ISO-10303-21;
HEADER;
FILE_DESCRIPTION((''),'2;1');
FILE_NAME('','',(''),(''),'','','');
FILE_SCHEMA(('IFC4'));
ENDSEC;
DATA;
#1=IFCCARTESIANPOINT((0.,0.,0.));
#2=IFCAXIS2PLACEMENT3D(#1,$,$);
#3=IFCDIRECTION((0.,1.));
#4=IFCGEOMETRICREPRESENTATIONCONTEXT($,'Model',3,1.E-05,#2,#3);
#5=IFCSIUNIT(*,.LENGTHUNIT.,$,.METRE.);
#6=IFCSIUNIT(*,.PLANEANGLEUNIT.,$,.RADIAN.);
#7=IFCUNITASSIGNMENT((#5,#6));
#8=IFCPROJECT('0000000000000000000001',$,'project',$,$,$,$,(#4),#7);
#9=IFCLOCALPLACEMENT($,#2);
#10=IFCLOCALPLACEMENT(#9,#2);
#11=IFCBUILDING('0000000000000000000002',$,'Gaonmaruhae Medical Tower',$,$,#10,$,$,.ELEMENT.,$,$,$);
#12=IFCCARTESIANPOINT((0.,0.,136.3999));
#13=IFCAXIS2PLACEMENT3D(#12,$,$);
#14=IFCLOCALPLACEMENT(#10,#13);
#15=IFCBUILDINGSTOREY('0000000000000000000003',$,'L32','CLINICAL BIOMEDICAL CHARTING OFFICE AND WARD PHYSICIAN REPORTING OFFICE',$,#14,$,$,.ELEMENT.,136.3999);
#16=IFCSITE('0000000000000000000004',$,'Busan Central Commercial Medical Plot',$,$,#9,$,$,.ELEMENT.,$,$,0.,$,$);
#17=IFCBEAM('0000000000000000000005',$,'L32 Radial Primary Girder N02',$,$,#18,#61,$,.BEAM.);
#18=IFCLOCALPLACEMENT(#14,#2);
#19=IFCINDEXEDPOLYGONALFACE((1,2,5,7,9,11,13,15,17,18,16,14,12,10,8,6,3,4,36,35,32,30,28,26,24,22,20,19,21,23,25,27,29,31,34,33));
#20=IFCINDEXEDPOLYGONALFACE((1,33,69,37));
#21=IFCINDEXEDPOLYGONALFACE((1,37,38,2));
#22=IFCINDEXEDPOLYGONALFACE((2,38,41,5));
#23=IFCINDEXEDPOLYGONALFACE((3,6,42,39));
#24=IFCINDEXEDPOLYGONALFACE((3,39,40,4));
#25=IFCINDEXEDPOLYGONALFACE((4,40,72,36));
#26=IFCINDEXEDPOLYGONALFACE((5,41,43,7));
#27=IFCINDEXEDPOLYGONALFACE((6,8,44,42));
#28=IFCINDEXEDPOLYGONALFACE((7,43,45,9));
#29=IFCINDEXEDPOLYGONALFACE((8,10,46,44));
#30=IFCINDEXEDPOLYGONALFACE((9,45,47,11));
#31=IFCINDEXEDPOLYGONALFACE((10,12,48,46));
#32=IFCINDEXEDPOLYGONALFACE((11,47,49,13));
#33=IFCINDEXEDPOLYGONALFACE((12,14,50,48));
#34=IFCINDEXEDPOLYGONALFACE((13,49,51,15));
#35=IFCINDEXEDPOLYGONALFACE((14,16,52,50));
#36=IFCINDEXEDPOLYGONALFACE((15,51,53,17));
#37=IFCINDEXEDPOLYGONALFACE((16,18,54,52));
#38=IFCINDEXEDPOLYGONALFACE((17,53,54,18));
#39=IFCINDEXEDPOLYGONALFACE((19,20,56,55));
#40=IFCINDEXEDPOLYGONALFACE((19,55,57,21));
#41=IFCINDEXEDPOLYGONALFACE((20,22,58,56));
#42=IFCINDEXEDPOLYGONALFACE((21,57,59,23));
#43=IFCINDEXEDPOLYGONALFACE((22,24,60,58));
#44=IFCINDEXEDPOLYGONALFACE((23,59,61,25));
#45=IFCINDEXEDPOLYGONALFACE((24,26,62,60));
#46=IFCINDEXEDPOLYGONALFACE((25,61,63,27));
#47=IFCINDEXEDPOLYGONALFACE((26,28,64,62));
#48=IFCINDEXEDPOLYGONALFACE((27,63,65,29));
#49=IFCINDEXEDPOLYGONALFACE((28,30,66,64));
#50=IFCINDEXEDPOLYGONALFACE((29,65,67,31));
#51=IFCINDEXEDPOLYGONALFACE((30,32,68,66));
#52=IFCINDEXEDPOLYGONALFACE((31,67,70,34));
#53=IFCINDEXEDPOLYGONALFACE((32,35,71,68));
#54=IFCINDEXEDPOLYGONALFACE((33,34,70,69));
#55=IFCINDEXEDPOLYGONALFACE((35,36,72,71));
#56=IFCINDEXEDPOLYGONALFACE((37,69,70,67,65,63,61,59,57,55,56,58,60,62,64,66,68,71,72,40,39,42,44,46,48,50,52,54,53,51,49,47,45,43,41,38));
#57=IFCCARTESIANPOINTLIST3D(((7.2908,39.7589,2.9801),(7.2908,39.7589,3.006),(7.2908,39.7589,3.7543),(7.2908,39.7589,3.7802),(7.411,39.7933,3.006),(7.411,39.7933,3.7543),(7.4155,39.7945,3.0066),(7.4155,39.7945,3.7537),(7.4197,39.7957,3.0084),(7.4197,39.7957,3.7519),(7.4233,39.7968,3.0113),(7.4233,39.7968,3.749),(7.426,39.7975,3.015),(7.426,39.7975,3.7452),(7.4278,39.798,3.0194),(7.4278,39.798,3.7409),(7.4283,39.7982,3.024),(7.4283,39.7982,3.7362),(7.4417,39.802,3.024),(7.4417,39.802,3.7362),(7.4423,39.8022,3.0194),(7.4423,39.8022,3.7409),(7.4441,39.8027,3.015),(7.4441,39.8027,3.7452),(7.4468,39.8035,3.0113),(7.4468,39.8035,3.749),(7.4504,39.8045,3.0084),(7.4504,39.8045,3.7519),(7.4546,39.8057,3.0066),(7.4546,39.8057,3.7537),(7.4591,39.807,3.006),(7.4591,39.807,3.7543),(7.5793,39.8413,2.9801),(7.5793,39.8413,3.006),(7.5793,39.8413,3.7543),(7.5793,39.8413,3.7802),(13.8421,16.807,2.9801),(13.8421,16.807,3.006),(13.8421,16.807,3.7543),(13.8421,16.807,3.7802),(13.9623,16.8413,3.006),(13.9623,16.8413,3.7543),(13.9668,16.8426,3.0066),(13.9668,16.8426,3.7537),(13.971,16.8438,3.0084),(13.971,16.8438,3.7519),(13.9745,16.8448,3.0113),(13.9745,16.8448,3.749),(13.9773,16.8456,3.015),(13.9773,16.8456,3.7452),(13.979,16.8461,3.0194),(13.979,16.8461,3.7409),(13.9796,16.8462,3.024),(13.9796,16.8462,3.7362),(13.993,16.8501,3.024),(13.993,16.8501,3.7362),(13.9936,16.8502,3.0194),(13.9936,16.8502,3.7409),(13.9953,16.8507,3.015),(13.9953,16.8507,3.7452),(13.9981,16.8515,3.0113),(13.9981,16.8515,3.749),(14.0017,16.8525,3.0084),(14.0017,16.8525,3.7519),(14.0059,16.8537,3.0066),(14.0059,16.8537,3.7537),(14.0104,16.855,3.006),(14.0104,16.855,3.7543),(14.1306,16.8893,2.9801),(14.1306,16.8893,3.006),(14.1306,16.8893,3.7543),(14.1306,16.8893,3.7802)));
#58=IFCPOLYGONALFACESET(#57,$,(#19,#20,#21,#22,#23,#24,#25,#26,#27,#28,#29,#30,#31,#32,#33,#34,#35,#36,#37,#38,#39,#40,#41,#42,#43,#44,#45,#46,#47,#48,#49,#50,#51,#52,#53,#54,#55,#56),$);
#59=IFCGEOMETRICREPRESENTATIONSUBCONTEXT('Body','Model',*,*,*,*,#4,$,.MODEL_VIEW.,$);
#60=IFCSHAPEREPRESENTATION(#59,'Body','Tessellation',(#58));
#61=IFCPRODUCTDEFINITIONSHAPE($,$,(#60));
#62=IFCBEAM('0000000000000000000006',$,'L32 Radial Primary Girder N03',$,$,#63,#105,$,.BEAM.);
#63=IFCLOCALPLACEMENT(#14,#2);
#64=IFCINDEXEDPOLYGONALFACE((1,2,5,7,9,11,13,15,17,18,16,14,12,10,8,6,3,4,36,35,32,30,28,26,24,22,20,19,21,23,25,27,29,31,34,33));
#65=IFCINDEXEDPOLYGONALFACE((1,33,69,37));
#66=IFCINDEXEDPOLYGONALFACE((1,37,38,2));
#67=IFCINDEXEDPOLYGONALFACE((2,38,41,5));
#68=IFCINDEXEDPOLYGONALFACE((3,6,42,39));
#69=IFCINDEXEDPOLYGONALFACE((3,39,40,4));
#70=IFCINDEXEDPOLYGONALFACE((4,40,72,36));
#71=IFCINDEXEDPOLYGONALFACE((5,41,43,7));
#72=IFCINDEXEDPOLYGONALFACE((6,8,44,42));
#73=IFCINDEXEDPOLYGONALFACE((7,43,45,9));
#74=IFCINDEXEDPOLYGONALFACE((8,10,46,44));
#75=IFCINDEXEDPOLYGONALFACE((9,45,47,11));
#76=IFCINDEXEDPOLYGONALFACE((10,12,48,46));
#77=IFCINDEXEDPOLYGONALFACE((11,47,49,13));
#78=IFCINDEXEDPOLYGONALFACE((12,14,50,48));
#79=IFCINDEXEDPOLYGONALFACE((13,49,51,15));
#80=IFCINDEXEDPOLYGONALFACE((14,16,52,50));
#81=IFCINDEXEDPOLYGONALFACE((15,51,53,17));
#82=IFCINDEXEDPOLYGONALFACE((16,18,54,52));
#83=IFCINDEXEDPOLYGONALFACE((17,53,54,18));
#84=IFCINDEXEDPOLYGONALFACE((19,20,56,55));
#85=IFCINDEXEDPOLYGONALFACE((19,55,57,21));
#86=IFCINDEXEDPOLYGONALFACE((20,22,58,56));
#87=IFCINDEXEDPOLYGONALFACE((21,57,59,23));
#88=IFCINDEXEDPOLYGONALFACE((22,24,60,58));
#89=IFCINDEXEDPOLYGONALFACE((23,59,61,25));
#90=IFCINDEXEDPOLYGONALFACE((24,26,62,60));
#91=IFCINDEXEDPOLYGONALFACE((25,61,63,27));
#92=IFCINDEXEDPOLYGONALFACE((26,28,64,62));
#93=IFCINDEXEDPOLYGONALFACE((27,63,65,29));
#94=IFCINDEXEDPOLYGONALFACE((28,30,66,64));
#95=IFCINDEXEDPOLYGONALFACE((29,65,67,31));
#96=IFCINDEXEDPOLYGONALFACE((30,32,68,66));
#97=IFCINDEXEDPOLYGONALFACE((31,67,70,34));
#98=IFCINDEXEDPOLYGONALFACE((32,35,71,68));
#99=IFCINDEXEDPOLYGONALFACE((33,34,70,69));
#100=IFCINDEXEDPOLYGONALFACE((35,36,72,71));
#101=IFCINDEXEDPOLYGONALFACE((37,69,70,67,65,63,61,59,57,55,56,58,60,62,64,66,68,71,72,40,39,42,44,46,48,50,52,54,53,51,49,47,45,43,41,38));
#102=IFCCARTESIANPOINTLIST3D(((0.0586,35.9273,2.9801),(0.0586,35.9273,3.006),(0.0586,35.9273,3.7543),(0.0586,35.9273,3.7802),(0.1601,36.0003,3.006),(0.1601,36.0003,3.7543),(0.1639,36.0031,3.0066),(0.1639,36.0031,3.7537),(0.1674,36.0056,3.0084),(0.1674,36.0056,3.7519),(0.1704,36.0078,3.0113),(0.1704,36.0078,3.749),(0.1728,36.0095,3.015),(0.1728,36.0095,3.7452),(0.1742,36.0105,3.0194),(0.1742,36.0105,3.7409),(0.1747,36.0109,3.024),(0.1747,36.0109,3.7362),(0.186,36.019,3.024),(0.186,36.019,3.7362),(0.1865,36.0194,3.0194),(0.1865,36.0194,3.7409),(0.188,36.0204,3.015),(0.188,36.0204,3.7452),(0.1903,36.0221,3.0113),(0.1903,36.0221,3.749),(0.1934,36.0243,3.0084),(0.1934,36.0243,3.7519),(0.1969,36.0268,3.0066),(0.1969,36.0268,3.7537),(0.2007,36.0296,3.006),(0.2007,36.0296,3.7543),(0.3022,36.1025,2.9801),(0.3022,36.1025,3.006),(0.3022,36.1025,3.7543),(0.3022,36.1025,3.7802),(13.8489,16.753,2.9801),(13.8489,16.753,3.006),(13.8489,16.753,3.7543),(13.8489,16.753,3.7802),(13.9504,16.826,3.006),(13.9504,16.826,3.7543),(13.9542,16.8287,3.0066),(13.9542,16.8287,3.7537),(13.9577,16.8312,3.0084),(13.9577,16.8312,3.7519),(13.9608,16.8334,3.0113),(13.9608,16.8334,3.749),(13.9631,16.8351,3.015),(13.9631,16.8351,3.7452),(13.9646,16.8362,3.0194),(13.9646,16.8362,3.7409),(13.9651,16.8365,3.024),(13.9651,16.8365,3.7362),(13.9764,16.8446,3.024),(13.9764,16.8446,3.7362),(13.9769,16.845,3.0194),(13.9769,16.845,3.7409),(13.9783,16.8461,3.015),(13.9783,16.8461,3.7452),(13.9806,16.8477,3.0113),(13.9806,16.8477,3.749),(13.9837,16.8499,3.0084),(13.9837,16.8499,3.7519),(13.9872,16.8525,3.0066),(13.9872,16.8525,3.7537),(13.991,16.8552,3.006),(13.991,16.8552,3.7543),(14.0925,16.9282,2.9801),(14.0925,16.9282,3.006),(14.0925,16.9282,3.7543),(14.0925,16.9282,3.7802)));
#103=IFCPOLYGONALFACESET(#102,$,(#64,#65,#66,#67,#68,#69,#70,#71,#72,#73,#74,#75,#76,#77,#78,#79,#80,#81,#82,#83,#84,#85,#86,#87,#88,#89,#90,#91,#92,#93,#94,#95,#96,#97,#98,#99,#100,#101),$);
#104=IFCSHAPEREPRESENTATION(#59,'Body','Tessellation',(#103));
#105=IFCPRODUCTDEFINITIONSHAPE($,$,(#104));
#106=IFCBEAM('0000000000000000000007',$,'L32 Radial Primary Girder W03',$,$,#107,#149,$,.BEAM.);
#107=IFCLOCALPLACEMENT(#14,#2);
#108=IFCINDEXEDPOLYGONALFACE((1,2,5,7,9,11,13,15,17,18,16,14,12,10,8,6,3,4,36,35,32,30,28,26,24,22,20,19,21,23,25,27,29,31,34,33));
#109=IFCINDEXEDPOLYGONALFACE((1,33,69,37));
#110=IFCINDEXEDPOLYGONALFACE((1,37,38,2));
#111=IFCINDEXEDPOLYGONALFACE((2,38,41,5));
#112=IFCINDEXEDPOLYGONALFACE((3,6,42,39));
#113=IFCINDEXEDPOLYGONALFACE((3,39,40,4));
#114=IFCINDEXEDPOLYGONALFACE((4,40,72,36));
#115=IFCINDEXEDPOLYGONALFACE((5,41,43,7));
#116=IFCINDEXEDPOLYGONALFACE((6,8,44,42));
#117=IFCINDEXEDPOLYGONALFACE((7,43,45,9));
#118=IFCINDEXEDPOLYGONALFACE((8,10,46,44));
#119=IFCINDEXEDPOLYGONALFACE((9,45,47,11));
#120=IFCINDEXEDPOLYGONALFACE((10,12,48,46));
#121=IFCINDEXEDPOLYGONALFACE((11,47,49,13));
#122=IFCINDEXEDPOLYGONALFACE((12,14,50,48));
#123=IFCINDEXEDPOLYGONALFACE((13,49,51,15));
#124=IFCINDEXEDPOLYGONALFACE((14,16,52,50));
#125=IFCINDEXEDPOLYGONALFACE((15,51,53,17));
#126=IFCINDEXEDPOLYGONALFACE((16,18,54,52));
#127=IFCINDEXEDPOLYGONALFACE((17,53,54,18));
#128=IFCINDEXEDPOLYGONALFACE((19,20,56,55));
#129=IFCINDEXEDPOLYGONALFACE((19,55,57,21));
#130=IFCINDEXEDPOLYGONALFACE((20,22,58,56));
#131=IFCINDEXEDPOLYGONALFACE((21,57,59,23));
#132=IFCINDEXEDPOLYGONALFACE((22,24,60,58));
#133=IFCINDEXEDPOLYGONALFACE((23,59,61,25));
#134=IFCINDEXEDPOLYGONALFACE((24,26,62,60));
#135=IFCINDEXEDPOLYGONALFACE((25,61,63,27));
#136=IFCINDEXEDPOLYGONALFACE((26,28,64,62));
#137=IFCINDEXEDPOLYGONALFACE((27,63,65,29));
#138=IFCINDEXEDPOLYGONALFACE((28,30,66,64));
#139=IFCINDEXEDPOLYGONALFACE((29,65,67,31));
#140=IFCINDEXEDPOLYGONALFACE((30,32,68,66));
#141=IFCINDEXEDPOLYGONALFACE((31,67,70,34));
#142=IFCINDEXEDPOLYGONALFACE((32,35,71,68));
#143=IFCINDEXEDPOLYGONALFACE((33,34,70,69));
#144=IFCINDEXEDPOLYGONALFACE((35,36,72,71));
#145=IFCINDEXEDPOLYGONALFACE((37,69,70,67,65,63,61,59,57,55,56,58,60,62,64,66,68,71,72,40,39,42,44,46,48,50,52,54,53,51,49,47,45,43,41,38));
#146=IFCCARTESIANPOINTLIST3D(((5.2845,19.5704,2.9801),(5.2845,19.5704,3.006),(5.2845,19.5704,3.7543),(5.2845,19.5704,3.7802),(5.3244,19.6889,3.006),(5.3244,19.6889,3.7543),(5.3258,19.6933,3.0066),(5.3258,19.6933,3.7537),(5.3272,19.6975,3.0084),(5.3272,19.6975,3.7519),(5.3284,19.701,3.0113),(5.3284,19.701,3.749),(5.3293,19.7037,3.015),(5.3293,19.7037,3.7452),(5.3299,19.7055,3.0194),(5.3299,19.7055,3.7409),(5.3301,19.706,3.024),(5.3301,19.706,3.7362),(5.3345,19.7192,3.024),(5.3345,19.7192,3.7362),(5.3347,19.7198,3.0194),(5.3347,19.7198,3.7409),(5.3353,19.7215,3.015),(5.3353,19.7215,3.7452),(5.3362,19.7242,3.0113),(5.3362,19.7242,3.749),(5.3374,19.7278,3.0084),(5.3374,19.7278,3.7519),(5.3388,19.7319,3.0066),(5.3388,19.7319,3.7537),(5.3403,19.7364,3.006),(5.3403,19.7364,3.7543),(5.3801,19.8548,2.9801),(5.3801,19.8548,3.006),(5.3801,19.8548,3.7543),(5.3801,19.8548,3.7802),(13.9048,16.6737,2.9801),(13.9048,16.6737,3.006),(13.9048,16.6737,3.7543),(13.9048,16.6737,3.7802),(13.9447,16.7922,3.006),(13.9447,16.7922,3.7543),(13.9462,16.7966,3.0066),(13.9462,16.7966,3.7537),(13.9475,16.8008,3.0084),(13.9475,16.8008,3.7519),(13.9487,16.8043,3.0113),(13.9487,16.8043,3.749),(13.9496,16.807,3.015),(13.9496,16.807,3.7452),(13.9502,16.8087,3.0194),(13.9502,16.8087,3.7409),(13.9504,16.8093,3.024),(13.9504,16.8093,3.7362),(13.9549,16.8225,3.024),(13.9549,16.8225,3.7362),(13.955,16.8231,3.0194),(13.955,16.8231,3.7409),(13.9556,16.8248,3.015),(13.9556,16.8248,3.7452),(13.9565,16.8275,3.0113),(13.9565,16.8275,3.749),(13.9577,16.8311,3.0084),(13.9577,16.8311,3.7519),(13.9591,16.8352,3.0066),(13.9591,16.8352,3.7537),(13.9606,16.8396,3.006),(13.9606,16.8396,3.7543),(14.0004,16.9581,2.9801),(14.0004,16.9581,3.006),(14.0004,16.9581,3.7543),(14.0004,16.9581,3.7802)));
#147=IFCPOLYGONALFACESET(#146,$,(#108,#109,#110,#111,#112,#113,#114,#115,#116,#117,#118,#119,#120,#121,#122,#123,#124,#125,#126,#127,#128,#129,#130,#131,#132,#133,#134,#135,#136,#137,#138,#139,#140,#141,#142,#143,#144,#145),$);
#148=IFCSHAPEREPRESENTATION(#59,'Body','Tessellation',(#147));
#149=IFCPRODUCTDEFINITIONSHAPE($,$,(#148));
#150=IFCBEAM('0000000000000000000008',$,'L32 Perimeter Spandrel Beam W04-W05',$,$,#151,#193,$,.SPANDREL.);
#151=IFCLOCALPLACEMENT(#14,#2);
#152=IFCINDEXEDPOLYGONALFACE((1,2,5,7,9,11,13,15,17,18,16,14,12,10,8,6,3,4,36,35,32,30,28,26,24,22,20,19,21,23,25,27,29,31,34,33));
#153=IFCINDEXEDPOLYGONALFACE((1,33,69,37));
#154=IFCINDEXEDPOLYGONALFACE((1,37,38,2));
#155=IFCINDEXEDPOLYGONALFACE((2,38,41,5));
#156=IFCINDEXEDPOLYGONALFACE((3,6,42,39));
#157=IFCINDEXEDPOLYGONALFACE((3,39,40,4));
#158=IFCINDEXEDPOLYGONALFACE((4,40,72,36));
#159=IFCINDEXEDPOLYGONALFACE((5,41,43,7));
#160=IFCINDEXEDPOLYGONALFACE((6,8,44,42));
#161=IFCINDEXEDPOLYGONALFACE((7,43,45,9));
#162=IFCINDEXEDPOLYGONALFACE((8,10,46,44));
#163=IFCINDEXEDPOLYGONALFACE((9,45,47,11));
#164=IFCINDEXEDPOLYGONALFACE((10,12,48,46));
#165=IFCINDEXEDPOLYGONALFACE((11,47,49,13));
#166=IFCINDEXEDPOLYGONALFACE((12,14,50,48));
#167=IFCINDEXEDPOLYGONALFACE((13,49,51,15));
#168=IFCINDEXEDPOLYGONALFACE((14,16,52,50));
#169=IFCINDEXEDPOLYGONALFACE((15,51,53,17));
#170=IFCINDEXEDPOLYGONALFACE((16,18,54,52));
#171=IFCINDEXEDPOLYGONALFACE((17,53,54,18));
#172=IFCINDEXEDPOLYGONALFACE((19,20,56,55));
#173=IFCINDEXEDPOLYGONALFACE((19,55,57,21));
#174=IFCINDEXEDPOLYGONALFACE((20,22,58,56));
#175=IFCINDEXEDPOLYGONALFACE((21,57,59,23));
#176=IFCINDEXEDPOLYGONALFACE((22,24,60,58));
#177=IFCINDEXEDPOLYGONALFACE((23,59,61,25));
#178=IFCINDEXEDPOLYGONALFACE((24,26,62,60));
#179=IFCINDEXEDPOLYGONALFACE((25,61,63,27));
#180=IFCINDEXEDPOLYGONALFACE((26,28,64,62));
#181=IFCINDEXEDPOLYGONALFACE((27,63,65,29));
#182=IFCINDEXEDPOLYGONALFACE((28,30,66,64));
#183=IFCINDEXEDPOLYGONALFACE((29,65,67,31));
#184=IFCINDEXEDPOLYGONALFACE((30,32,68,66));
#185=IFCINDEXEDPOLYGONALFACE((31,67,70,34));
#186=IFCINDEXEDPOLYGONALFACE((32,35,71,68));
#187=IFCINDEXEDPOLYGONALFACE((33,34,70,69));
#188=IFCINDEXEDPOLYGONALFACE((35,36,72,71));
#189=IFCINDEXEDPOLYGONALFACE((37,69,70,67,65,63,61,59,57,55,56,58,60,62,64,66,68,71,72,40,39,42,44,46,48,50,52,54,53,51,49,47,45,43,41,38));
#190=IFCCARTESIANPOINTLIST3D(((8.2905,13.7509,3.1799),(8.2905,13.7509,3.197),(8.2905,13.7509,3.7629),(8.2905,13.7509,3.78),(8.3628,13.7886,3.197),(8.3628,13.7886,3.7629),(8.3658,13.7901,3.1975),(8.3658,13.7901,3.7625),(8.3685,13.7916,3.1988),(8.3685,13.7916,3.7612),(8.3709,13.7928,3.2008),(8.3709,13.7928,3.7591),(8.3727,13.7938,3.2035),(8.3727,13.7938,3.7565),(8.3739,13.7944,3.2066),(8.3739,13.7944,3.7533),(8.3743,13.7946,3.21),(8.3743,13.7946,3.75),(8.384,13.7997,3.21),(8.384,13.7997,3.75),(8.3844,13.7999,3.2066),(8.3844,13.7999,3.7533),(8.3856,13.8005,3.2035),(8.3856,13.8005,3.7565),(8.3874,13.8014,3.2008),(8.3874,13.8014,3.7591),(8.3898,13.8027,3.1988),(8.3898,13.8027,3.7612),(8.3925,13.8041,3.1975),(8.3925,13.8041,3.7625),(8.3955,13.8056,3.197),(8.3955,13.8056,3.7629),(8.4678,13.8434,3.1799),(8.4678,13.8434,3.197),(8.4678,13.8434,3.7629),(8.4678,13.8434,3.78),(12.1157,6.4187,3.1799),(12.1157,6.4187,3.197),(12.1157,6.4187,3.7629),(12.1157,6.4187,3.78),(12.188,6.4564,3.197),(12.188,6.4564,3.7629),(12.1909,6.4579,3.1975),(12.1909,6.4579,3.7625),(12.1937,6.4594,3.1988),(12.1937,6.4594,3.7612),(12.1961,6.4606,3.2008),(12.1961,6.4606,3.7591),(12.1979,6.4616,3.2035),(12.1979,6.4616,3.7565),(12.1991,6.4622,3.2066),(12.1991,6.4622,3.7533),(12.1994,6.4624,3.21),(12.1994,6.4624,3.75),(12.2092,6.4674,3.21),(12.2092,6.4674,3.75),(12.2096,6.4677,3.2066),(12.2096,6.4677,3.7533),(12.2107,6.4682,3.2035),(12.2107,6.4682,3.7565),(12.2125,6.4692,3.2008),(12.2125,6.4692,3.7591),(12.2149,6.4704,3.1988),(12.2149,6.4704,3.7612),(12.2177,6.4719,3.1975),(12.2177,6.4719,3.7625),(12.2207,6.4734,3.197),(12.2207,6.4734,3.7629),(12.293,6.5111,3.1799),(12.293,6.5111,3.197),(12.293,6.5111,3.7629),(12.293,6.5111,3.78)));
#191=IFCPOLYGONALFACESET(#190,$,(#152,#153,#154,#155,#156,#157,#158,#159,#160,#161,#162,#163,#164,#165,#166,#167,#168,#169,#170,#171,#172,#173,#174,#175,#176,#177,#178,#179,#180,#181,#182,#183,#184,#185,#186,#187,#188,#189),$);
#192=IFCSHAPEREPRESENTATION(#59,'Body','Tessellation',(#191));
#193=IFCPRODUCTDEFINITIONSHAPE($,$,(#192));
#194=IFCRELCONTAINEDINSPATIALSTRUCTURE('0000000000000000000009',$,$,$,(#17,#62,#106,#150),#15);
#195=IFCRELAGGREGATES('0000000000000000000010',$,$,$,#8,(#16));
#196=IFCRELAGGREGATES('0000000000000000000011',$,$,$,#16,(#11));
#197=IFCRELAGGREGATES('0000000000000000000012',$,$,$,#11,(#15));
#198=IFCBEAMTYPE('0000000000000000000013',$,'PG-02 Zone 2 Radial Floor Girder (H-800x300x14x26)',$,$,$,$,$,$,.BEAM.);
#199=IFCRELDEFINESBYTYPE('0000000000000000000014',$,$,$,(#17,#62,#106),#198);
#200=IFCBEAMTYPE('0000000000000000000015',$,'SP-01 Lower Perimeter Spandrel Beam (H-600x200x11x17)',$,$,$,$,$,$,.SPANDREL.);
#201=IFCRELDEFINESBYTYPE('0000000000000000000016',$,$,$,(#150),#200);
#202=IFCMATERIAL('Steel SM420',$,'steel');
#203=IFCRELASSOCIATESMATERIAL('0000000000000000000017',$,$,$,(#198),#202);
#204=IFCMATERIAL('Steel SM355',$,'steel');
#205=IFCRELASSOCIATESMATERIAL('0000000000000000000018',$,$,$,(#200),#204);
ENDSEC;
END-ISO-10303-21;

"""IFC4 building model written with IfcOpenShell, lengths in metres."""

from ifc_helpers import new_model, si_unit, direction, frame, origin, origin_2d, place, context, subcontext, project, spatial, i_section, extrude, material, material_profile, profile_set, type_object, element, save


model = new_model("IFC4")

# Units and contexts
model_context = context("Model", 3, precision=1e-05, world=origin(), true_north=direction((0.0, 1.0)))
body_context = subcontext(model_context, "Body", "Model", "MODEL_VIEW")
ifc_project = project(units=[si_unit("LENGTHUNIT", "METRE"), si_unit("PLANEANGLEUNIT", "RADIAN")], contexts=[model_context])

# Site, building, storey
site_placement = place(None, origin())
site = spatial("IfcSite", under=ifc_project, at=site_placement, Name="Busan Central Commercial Medical Plot", CompositionType="ELEMENT", RefElevation=0.0)
building_placement = place(site_placement, origin())
building = spatial("IfcBuilding", under=site, at=building_placement, Name="Gaonmaruhae Medical Tower", CompositionType="ELEMENT")
storey_placement = place(building_placement, frame((0.0, 0.0, 136.3999)))
storey = spatial("IfcBuildingStorey", under=building, at=storey_placement, Name="L32", Description="CLINICAL BIOMEDICAL CHARTING OFFICE AND WARD PHYSICIAN REPORTING OFFICE", CompositionType="ELEMENT", Elevation=136.3999)

# Beams
ifc_material_1 = material(Name="Steel SM355", Category="steel")
ifc_material_2 = material(Name="Steel SM420", Category="steel")
ifc_material_profile_1 = material_profile(ifc_material_2, i_section(OverallWidth=0.3, OverallDepth=0.8, WebThickness=0.0139, FlangeThickness=0.0259, FilletRadius=0.0181, at=origin_2d()), Name="H-800x300x14x26")
ifc_profile_set_1 = profile_set([ifc_material_profile_1], Name="Steel SM420")
beam_type_1 = type_object("IfcBeamType", Name="PG-02 Zone 2 Radial Floor Girder (H-800x300x14x26)", PredefinedType="BEAM", material=ifc_profile_set_1)
beam_1_placement = place(storey_placement, frame((13.9863, 16.8481, 3.3801), z_axis=(-0.274473, 0.961595, 0.0), x_axis=(-0.961595, -0.274473, 0.0)))
element("IfcBeam", 1, at=beam_1_placement, inside=storey, type_object=beam_type_1, Name="L32 Radial Primary Girder N02", PredefinedType="BEAM", context=body_context, shape_type="SweptSolid", body=[
    extrude(i_section(OverallWidth=0.3, OverallDepth=0.8, WebThickness=0.0139, FlangeThickness=0.0259, FilletRadius=0.0181, at=origin_2d()), origin(), (0.0, 0.0, 1.0), 23.8687),
])
beam_2_placement = place(storey_placement, frame((13.9707, 16.8406, 3.3801), z_axis=(-0.58388, 0.81184, 0.0), x_axis=(-0.81184, -0.58388, 0.0)))
element("IfcBeam", 2, at=beam_2_placement, inside=storey, type_object=beam_type_1, Name="L32 Radial Primary Girder N03", PredefinedType="BEAM", context=body_context, shape_type="SweptSolid", body=[
    extrude(i_section(OverallWidth=0.3, OverallDepth=0.8, WebThickness=0.0139, FlangeThickness=0.0259, FilletRadius=0.0181, at=origin_2d()), origin(), (0.0, 0.0, 1.0), 23.6184),
])
beam_3_placement = place(storey_placement, frame((13.9526, 16.8159, 3.3801), z_axis=(-0.947913, 0.31853, 0.0), x_axis=(-0.31853, -0.947913, 0.0)))
element("IfcBeam", 3, at=beam_3_placement, inside=storey, type_object=beam_type_1, Name="L32 Radial Primary Girder W03", PredefinedType="BEAM", context=body_context, shape_type="SweptSolid", body=[
    extrude(i_section(OverallWidth=0.3, OverallDepth=0.8, WebThickness=0.0139, FlangeThickness=0.0259, FilletRadius=0.0181, at=origin_2d()), origin(), (0.0, 0.0, 1.0), 9.094),
])
ifc_material_profile_2 = material_profile(ifc_material_1, i_section(OverallWidth=0.2, OverallDepth=0.6001, WebThickness=0.011, FlangeThickness=0.0171, FilletRadius=0.0129, at=origin_2d()), Name="H-600x200x11x17")
ifc_profile_set_2 = profile_set([ifc_material_profile_2], Name="Steel SM355")
beam_type_2 = type_object("IfcBeamType", Name="SP-01 Lower Perimeter Spandrel Beam (H-600x200x11x17)", PredefinedType="SPANDREL", material=ifc_profile_set_2)
beam_4_placement = place(storey_placement, frame((8.3792, 13.7971, 3.48), z_axis=(0.462534, -0.886602, 0.0), x_axis=(0.886602, 0.462534, 0.0)))
element("IfcBeam", 4, at=beam_4_placement, inside=storey, type_object=beam_type_2, Name="L32 Perimeter Spandrel Beam W04-W05", PredefinedType="SPANDREL", context=body_context, shape_type="SweptSolid", body=[
    extrude(i_section(OverallWidth=0.2, OverallDepth=0.6001, WebThickness=0.011, FlangeThickness=0.0171, FilletRadius=0.0129, at=origin_2d()), origin(), (0.0, 0.0, 1.0), 8.27),
])

save(model, "model.ifc")
